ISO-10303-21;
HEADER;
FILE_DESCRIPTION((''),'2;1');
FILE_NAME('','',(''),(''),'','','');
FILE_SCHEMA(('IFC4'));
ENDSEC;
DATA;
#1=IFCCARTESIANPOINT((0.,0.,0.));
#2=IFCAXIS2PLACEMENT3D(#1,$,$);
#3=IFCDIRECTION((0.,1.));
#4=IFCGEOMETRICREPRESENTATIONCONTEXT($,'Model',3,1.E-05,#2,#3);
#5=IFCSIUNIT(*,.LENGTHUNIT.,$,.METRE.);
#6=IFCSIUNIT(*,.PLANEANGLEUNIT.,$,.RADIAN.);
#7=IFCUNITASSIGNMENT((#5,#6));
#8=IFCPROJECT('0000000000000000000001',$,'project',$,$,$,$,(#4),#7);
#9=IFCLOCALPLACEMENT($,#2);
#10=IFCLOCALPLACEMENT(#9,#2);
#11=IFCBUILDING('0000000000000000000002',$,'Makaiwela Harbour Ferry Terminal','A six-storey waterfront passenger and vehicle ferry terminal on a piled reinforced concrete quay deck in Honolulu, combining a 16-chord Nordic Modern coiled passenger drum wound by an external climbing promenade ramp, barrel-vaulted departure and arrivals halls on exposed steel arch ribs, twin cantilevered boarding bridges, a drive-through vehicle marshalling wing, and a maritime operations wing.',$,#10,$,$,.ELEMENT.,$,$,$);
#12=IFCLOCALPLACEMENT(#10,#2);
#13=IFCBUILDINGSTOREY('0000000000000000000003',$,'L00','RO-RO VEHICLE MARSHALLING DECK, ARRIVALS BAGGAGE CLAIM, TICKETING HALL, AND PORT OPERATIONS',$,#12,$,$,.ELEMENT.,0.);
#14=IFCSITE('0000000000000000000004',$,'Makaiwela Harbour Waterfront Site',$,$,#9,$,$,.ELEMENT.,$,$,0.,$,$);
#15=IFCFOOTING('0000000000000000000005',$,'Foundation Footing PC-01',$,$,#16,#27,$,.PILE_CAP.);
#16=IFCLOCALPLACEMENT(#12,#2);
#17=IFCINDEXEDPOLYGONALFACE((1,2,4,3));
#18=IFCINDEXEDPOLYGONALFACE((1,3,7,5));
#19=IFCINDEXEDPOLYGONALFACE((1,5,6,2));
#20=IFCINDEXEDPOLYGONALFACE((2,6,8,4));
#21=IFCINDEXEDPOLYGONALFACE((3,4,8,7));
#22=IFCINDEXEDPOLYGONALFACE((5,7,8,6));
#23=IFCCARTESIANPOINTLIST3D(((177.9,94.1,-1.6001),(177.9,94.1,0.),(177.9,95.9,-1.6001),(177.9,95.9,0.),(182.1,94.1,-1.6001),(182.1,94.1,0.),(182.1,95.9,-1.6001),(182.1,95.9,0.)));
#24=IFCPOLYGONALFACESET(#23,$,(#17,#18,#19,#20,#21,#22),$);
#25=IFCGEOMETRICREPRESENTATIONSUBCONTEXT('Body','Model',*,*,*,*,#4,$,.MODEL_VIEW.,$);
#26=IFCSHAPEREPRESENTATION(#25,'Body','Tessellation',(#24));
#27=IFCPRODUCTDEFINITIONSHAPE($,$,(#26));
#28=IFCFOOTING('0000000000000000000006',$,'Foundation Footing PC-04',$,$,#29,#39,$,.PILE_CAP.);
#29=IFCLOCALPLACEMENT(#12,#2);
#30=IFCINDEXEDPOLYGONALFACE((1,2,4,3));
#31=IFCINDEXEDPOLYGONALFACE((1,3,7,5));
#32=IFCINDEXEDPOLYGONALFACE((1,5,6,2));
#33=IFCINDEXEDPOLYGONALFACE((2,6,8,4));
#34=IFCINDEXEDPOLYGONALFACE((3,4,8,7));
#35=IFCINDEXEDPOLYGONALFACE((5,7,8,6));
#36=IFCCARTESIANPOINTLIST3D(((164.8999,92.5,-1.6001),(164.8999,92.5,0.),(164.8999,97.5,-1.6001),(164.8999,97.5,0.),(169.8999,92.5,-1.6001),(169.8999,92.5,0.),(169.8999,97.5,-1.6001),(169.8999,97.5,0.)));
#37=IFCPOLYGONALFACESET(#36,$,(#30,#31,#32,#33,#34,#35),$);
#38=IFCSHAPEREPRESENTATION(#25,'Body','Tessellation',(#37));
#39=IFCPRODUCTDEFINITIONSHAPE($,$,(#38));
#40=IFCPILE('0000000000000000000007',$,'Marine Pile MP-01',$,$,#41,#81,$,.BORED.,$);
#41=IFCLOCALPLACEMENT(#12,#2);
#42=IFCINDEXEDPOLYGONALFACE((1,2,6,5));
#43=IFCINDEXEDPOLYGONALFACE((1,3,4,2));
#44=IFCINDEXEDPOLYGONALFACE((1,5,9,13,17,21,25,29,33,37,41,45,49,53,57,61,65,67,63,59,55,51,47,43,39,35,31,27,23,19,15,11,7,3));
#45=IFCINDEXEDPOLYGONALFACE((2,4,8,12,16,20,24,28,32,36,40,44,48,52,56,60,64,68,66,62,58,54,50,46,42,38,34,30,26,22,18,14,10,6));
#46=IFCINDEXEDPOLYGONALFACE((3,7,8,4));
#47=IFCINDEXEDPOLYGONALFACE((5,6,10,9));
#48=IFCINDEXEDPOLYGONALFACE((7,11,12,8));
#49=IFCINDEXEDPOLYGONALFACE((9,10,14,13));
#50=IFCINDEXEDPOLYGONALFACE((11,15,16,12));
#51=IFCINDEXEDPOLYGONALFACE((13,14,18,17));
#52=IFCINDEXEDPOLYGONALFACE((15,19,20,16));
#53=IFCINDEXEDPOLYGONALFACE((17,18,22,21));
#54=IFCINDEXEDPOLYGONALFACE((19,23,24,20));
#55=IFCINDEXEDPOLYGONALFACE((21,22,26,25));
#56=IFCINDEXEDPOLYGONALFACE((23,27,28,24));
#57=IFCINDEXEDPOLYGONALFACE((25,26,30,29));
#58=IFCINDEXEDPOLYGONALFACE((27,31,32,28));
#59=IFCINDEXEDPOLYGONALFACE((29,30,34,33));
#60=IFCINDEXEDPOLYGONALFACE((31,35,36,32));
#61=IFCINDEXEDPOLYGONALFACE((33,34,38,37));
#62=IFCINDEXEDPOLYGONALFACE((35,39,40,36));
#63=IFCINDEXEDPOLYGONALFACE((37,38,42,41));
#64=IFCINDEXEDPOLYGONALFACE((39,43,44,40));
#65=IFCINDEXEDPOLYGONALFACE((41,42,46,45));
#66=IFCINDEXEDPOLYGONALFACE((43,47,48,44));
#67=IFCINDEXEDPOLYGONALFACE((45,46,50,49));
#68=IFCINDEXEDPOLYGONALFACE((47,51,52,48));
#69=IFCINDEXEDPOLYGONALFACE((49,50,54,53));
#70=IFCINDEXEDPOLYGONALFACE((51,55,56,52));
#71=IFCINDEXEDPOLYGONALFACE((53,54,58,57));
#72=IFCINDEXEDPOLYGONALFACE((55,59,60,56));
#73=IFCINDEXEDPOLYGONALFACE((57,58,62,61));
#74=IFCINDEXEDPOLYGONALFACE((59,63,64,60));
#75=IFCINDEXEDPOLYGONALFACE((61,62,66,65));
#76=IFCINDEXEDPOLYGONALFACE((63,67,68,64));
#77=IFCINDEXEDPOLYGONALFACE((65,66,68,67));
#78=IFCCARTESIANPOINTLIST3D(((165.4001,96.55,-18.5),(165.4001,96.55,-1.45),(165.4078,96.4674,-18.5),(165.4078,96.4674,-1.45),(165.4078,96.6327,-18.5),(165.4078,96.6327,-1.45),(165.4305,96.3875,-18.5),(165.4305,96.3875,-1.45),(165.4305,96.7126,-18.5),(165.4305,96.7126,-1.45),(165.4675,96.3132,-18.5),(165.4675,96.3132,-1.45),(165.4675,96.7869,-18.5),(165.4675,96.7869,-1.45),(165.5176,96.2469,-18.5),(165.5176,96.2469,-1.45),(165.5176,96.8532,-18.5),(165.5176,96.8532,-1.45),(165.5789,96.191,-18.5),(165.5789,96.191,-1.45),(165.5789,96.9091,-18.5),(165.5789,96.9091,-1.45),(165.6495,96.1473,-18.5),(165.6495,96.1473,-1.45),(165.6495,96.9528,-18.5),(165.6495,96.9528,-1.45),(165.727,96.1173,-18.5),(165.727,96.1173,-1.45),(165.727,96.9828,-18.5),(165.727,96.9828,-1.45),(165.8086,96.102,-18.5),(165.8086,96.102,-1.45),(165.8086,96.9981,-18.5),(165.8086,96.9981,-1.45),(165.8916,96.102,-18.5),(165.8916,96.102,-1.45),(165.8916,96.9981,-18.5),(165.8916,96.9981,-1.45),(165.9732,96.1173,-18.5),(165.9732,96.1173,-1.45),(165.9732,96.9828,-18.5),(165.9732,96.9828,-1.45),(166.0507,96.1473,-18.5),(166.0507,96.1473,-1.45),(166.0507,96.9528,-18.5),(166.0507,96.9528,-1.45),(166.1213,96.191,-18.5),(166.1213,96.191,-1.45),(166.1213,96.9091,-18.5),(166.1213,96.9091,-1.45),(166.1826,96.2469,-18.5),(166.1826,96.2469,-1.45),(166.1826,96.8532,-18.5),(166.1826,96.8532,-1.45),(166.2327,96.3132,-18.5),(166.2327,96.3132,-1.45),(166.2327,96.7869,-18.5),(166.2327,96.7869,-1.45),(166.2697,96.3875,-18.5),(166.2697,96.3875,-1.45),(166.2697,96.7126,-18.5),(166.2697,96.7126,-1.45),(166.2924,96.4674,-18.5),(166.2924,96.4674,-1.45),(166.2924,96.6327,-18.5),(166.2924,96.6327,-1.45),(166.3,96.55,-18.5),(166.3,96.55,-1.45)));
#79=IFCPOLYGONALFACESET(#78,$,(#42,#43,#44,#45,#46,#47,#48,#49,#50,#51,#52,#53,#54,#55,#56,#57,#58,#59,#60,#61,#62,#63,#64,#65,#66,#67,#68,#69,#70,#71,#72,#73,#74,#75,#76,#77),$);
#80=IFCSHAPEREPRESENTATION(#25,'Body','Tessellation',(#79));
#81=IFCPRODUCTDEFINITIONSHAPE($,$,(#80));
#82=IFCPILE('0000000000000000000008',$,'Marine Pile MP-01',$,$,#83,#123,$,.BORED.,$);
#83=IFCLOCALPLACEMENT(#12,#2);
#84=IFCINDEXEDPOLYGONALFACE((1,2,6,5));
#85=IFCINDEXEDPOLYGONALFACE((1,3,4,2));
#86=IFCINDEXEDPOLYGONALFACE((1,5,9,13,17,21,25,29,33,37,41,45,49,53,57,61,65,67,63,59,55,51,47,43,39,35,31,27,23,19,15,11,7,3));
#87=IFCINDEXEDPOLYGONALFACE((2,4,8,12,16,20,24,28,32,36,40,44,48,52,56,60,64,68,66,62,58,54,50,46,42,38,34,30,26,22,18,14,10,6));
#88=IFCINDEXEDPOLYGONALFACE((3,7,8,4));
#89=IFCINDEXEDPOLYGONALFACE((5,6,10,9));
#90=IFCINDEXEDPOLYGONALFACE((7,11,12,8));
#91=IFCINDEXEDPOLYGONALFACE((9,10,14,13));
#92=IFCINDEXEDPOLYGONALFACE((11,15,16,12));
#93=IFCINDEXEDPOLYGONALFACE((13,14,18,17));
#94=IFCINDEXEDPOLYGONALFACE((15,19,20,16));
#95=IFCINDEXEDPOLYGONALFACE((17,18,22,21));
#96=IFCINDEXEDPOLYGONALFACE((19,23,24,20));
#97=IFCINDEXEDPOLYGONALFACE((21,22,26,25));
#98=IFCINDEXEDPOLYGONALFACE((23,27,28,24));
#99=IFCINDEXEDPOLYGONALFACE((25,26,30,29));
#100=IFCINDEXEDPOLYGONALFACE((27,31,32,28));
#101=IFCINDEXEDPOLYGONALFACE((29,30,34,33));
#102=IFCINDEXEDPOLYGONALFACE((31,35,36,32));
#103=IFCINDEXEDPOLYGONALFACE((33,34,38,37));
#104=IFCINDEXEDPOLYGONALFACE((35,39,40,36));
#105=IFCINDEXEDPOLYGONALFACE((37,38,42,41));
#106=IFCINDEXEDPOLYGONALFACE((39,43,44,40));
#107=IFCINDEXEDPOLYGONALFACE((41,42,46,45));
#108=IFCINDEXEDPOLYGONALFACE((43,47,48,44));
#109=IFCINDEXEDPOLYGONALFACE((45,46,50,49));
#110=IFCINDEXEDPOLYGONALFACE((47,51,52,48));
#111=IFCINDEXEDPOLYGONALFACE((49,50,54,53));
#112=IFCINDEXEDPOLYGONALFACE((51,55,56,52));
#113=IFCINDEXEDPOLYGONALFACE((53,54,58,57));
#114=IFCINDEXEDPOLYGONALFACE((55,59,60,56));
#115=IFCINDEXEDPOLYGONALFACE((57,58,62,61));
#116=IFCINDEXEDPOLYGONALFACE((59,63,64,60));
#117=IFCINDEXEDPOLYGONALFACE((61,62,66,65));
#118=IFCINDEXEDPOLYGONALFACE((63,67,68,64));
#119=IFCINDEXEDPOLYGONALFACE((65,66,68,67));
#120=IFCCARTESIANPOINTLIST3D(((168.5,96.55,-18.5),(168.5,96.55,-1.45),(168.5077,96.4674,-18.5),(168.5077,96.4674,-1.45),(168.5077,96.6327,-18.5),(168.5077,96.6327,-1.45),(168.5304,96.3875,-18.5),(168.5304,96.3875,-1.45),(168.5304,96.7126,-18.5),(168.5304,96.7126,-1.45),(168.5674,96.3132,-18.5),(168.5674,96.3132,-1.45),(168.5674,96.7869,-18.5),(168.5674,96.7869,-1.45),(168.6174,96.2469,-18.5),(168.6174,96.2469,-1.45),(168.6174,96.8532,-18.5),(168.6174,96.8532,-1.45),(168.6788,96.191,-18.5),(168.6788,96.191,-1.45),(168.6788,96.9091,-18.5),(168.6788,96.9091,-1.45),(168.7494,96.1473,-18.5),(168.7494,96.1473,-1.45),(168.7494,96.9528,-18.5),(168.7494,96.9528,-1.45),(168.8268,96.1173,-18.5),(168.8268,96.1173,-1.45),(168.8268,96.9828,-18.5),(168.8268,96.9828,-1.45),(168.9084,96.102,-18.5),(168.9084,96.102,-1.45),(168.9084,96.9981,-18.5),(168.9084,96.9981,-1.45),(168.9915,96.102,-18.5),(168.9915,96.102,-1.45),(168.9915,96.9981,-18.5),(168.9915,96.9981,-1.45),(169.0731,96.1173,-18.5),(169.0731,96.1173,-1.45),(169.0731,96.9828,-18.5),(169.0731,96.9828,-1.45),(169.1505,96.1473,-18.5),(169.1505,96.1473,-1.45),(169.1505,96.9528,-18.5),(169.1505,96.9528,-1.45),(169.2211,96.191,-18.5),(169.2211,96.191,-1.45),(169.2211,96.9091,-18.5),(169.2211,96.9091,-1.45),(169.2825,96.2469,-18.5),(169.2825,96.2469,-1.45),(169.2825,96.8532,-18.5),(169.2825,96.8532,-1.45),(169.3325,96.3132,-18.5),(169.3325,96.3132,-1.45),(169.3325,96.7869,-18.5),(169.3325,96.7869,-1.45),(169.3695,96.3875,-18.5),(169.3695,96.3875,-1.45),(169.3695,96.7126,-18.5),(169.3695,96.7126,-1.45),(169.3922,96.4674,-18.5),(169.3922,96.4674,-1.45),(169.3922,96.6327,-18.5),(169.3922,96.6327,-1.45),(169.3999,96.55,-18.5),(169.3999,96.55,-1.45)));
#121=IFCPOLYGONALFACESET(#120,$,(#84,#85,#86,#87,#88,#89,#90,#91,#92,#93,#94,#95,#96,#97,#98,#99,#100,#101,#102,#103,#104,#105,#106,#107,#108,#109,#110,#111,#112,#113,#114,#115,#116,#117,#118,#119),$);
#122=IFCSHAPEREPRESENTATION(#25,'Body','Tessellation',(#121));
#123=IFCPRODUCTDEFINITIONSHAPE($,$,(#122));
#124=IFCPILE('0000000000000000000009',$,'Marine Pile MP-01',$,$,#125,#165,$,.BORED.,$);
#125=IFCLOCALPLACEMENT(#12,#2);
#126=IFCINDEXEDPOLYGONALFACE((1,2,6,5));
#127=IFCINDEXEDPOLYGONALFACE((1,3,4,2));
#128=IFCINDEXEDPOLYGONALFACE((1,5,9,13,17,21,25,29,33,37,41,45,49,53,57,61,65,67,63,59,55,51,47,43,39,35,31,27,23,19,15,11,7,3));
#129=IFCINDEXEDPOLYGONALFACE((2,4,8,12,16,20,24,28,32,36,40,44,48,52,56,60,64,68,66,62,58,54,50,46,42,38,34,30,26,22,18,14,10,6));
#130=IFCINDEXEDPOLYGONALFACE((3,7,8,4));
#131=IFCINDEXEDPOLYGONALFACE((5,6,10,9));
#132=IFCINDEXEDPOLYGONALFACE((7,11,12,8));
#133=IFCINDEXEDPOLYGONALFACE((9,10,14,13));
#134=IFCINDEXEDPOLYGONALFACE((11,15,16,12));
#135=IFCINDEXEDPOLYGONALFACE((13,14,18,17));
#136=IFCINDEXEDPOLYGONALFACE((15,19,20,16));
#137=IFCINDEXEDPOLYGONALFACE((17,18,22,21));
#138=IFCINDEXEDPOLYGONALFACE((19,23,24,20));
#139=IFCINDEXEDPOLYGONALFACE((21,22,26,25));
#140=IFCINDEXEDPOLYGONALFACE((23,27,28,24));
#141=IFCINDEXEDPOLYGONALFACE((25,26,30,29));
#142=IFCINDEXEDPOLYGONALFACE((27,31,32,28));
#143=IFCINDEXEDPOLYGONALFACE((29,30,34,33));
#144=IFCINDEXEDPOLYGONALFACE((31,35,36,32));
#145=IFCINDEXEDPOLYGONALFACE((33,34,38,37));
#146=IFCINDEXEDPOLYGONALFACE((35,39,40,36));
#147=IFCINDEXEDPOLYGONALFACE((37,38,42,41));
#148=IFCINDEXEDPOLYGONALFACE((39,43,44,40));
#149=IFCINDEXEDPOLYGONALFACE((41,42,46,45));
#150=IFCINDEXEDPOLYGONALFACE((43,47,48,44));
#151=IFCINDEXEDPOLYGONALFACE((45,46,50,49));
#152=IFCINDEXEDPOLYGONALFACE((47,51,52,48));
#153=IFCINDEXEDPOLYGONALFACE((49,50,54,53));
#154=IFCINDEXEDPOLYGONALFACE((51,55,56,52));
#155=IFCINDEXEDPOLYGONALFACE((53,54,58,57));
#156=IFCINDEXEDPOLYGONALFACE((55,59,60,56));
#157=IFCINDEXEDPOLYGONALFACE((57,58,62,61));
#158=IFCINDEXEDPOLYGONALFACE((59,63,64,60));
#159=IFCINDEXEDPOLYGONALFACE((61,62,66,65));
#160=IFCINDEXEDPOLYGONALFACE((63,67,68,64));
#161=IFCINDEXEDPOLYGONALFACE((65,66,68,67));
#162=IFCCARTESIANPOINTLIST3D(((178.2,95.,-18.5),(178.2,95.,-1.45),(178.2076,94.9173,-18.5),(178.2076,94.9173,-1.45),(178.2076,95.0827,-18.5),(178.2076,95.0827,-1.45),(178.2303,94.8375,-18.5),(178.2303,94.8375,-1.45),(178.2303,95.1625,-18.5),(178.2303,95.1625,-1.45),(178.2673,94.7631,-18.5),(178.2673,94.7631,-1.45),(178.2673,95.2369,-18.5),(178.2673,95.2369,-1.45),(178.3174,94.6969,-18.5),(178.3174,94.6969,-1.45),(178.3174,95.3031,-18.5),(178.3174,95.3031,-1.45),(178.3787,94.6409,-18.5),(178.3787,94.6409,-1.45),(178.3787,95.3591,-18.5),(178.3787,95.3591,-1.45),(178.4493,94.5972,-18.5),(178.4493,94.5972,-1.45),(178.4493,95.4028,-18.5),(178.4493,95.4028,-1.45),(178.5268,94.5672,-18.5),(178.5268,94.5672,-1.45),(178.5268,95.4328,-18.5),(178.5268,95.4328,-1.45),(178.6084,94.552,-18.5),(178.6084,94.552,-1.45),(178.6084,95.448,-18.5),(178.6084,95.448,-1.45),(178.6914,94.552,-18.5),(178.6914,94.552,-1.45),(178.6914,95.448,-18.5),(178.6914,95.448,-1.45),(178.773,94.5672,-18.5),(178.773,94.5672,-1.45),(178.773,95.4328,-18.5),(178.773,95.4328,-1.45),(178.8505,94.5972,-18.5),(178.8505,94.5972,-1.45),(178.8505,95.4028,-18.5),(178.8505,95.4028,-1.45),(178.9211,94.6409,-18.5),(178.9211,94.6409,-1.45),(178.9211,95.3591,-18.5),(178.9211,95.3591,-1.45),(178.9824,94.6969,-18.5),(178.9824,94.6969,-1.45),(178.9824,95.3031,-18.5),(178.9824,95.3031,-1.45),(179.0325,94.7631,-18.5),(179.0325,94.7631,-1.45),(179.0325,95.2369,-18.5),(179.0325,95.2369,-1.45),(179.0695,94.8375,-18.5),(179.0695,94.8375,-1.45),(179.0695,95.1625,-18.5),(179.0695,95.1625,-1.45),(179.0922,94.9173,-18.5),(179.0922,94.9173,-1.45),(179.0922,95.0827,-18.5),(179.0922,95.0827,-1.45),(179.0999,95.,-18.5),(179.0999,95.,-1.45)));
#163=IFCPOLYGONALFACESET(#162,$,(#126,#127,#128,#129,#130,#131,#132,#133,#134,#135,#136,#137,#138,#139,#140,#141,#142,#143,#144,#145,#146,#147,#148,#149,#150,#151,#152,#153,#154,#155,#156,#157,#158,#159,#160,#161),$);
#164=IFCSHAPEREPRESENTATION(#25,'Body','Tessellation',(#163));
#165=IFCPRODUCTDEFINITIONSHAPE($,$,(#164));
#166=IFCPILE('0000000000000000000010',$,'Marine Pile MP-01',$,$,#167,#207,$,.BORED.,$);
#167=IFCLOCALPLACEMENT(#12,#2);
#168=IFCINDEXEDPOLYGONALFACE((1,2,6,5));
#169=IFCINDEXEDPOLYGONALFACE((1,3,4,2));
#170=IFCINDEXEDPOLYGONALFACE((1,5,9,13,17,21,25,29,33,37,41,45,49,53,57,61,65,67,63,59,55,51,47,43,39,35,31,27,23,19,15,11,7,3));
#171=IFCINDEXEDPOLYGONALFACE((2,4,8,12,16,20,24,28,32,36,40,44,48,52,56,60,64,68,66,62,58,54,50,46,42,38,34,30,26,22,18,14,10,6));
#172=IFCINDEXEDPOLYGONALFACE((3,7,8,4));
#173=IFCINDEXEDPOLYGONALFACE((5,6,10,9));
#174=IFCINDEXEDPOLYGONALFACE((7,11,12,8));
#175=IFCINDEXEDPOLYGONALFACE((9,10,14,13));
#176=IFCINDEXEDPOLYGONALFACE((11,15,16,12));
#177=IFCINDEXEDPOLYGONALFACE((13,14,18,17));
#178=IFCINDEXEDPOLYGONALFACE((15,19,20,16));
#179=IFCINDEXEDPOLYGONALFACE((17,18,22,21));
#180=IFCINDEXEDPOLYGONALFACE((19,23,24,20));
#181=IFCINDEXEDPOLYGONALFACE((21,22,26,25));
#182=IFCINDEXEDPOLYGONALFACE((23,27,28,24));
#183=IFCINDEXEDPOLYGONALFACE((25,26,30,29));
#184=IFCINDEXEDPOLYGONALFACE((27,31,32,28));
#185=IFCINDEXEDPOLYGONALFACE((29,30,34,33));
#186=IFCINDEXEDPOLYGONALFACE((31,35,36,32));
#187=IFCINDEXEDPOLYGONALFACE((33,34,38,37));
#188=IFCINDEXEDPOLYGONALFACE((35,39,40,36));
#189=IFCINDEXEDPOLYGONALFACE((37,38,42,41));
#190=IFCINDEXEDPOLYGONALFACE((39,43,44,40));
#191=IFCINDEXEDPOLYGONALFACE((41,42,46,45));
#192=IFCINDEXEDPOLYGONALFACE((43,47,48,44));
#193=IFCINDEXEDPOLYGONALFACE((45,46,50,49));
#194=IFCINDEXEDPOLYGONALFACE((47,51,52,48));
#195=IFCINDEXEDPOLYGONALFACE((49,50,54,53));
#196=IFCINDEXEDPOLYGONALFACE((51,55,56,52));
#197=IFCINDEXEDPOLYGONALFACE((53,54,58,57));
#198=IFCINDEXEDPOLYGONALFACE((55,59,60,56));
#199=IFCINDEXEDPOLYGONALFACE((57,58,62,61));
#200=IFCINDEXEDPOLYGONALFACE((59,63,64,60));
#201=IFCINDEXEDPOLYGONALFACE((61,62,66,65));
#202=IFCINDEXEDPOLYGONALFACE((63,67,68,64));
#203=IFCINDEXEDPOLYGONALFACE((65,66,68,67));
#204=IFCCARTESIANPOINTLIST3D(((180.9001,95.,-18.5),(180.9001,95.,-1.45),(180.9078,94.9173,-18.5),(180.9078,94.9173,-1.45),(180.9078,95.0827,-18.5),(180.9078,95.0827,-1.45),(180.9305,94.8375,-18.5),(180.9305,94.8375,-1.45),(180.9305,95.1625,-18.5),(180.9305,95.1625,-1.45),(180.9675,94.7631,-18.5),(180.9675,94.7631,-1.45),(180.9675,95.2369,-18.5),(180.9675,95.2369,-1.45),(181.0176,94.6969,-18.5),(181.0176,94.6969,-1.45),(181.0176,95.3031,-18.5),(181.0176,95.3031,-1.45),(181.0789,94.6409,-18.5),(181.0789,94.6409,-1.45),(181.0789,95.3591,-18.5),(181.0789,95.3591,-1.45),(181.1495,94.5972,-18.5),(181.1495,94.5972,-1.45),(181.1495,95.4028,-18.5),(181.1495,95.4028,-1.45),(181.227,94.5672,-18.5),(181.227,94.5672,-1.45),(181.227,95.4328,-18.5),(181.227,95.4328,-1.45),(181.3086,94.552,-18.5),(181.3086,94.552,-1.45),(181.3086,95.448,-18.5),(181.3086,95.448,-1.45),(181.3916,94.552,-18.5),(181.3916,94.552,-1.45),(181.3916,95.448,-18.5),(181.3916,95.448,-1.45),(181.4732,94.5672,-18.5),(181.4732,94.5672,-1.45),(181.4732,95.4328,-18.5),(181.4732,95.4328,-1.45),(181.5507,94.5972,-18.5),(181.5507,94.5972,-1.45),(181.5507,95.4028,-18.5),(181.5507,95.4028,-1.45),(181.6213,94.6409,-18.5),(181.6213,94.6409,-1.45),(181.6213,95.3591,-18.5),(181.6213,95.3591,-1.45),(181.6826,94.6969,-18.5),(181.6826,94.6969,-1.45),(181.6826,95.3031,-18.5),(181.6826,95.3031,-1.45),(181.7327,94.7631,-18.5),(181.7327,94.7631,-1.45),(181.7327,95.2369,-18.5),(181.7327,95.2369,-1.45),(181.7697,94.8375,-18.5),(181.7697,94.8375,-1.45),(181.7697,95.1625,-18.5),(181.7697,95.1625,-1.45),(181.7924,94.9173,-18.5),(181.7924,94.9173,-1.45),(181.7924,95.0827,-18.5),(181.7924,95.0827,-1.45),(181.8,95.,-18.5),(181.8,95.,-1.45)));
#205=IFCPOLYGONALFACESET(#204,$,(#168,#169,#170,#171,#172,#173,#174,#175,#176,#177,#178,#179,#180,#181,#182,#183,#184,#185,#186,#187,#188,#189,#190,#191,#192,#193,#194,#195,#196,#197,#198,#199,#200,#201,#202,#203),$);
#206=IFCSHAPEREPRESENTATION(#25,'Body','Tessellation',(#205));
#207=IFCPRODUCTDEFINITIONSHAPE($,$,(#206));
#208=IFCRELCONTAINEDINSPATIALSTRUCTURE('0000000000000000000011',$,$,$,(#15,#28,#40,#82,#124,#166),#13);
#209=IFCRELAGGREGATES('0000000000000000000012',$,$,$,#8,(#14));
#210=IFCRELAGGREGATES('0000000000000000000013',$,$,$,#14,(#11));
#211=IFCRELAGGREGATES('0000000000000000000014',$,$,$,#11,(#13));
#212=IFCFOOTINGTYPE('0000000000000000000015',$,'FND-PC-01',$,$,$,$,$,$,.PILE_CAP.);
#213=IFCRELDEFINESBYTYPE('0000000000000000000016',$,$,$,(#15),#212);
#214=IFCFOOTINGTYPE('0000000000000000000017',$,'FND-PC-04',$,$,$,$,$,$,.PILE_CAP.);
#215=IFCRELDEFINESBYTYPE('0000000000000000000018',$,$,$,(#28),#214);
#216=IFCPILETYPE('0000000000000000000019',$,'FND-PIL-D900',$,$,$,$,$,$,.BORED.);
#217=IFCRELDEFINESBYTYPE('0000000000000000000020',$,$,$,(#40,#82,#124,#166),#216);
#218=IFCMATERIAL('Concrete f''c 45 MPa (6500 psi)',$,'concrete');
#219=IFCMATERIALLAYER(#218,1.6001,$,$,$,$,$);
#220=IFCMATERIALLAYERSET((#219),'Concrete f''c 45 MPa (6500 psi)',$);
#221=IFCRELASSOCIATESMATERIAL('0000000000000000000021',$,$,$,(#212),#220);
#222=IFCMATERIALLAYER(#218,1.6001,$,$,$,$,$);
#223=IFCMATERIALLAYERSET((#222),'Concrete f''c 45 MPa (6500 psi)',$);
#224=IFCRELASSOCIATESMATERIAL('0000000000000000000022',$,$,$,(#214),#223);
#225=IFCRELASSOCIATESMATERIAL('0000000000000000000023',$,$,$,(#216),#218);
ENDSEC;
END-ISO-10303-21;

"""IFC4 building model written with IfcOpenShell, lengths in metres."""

from ifc_helpers import new_model, si_unit, direction, frame, origin, origin_2d, place, context, subcontext, project, spatial, rectangle, circle, extrude, material, layer, layer_set, material_profile, profile_set, type_object, element, save


model = new_model("IFC4")

# Units and contexts
model_context = context("Model", 3, precision=1e-05, world=origin(), true_north=direction((0.0, 1.0)))
body_context = subcontext(model_context, "Body", "Model", "MODEL_VIEW")
ifc_project = project(units=[si_unit("LENGTHUNIT", "METRE"), si_unit("PLANEANGLEUNIT", "RADIAN")], contexts=[model_context])

# Site, building, storey
site_placement = place(None, origin())
site = spatial("IfcSite", under=ifc_project, at=site_placement, Name="Makaiwela Harbour Waterfront Site", CompositionType="ELEMENT", RefElevation=0.0)
building_placement = place(site_placement, origin())
building = spatial("IfcBuilding", under=site, at=building_placement, Name="Makaiwela Harbour Ferry Terminal", Description="A six-storey waterfront passenger and vehicle ferry terminal on a piled reinforced concrete quay deck in Honolulu, combining a 16-chord Nordic Modern coiled passenger drum wound by an external climbing promenade ramp, barrel-vaulted departure and arrivals halls on exposed steel arch ribs, twin cantilevered boarding bridges, a drive-through vehicle marshalling wing, and a maritime operations wing.", CompositionType="ELEMENT")
storey_placement = place(building_placement, origin())
storey = spatial("IfcBuildingStorey", under=building, at=storey_placement, Name="L00", Description="RO-RO VEHICLE MARSHALLING DECK, ARRIVALS BAGGAGE CLAIM, TICKETING HALL, AND PORT OPERATIONS", CompositionType="ELEMENT", Elevation=0.0)

# Footings
ifc_material_1 = material(Name="Concrete f'c 45 MPa (6500 psi)", Category="concrete")
ifc_layer_1 = layer(ifc_material_1, 1.6001)
ifc_layer_set_1 = layer_set([ifc_layer_1], Name="Concrete f'c 45 MPa (6500 psi)")
footing_type_1 = type_object("IfcFootingType", Name="FND-PC-01", PredefinedType="PILE_CAP", material=ifc_layer_set_1)
footing_1_placement = place(storey_placement, frame((180.0, 95.0, -1.6001), z_axis=(0.0, 0.0, 1.0), x_axis=(1.0, 0.0, 0.0)))
element("IfcFooting", 1, at=footing_1_placement, inside=storey, type_object=footing_type_1, Name="Foundation Footing PC-01", PredefinedType="PILE_CAP", context=body_context, shape_type="SweptSolid", body=[
    extrude(rectangle(XDim=4.2, YDim=1.8, at=origin_2d()), origin(), (0.0, 0.0, 1.0), 1.6001),
])
ifc_layer_2 = layer(ifc_material_1, 1.6001)
ifc_layer_set_2 = layer_set([ifc_layer_2], Name="Concrete f'c 45 MPa (6500 psi)")
footing_type_2 = type_object("IfcFootingType", Name="FND-PC-04", PredefinedType="PILE_CAP", material=ifc_layer_set_2)
footing_2_placement = place(storey_placement, frame((167.3999, 95.0, -1.6001), z_axis=(0.0, 0.0, 1.0), x_axis=(1.0, 0.0, 0.0)))
element("IfcFooting", 2, at=footing_2_placement, inside=storey, type_object=footing_type_2, Name="Foundation Footing PC-04", PredefinedType="PILE_CAP", context=body_context, shape_type="SweptSolid", body=[
    extrude(rectangle(XDim=5.0, YDim=5.0, at=origin_2d()), origin(), (0.0, 0.0, 1.0), 1.6001),
])

# Piles
ifc_material_profile_1 = material_profile(ifc_material_1, circle(Radius=0.45, at=origin_2d()), Name="PILE-D900")
ifc_profile_set_1 = profile_set([ifc_material_profile_1], Name="Concrete f'c 45 MPa (6500 psi)")
pile_type = type_object("IfcPileType", Name="FND-PIL-D900", PredefinedType="BORED", material=ifc_profile_set_1)
for number, where, z_axis, x_axis, name in (
    (3, (165.8501, 96.55, -1.45), (0.0, 0.0, -1.0), (1.0, 0.0, 0.0), "Marine Pile MP-01"),
    (4, (168.95, 96.55, -1.45), (0.0, 0.0, -1.0), (1.0, 0.0, 0.0), "Marine Pile MP-01"),
    (5, (178.6499, 95.0, -1.45), (0.0, 0.0, -1.0), (1.0, 0.0, 0.0), "Marine Pile MP-01"),
    (6, (181.3501, 95.0, -1.45), (0.0, 0.0, -1.0), (1.0, 0.0, 0.0), "Marine Pile MP-01"),
):
    element("IfcPile", number, at=place(storey_placement, frame(where, z_axis=z_axis, x_axis=x_axis)), inside=storey, type_object=pile_type, Name=name, PredefinedType="BORED", context=body_context, shape_type="SweptSolid", body=[
        extrude(circle(Radius=0.45, at=origin_2d()), origin(), (0.0, 0.0, 1.0), 17.05),
    ])

save(model, "model.ifc")
